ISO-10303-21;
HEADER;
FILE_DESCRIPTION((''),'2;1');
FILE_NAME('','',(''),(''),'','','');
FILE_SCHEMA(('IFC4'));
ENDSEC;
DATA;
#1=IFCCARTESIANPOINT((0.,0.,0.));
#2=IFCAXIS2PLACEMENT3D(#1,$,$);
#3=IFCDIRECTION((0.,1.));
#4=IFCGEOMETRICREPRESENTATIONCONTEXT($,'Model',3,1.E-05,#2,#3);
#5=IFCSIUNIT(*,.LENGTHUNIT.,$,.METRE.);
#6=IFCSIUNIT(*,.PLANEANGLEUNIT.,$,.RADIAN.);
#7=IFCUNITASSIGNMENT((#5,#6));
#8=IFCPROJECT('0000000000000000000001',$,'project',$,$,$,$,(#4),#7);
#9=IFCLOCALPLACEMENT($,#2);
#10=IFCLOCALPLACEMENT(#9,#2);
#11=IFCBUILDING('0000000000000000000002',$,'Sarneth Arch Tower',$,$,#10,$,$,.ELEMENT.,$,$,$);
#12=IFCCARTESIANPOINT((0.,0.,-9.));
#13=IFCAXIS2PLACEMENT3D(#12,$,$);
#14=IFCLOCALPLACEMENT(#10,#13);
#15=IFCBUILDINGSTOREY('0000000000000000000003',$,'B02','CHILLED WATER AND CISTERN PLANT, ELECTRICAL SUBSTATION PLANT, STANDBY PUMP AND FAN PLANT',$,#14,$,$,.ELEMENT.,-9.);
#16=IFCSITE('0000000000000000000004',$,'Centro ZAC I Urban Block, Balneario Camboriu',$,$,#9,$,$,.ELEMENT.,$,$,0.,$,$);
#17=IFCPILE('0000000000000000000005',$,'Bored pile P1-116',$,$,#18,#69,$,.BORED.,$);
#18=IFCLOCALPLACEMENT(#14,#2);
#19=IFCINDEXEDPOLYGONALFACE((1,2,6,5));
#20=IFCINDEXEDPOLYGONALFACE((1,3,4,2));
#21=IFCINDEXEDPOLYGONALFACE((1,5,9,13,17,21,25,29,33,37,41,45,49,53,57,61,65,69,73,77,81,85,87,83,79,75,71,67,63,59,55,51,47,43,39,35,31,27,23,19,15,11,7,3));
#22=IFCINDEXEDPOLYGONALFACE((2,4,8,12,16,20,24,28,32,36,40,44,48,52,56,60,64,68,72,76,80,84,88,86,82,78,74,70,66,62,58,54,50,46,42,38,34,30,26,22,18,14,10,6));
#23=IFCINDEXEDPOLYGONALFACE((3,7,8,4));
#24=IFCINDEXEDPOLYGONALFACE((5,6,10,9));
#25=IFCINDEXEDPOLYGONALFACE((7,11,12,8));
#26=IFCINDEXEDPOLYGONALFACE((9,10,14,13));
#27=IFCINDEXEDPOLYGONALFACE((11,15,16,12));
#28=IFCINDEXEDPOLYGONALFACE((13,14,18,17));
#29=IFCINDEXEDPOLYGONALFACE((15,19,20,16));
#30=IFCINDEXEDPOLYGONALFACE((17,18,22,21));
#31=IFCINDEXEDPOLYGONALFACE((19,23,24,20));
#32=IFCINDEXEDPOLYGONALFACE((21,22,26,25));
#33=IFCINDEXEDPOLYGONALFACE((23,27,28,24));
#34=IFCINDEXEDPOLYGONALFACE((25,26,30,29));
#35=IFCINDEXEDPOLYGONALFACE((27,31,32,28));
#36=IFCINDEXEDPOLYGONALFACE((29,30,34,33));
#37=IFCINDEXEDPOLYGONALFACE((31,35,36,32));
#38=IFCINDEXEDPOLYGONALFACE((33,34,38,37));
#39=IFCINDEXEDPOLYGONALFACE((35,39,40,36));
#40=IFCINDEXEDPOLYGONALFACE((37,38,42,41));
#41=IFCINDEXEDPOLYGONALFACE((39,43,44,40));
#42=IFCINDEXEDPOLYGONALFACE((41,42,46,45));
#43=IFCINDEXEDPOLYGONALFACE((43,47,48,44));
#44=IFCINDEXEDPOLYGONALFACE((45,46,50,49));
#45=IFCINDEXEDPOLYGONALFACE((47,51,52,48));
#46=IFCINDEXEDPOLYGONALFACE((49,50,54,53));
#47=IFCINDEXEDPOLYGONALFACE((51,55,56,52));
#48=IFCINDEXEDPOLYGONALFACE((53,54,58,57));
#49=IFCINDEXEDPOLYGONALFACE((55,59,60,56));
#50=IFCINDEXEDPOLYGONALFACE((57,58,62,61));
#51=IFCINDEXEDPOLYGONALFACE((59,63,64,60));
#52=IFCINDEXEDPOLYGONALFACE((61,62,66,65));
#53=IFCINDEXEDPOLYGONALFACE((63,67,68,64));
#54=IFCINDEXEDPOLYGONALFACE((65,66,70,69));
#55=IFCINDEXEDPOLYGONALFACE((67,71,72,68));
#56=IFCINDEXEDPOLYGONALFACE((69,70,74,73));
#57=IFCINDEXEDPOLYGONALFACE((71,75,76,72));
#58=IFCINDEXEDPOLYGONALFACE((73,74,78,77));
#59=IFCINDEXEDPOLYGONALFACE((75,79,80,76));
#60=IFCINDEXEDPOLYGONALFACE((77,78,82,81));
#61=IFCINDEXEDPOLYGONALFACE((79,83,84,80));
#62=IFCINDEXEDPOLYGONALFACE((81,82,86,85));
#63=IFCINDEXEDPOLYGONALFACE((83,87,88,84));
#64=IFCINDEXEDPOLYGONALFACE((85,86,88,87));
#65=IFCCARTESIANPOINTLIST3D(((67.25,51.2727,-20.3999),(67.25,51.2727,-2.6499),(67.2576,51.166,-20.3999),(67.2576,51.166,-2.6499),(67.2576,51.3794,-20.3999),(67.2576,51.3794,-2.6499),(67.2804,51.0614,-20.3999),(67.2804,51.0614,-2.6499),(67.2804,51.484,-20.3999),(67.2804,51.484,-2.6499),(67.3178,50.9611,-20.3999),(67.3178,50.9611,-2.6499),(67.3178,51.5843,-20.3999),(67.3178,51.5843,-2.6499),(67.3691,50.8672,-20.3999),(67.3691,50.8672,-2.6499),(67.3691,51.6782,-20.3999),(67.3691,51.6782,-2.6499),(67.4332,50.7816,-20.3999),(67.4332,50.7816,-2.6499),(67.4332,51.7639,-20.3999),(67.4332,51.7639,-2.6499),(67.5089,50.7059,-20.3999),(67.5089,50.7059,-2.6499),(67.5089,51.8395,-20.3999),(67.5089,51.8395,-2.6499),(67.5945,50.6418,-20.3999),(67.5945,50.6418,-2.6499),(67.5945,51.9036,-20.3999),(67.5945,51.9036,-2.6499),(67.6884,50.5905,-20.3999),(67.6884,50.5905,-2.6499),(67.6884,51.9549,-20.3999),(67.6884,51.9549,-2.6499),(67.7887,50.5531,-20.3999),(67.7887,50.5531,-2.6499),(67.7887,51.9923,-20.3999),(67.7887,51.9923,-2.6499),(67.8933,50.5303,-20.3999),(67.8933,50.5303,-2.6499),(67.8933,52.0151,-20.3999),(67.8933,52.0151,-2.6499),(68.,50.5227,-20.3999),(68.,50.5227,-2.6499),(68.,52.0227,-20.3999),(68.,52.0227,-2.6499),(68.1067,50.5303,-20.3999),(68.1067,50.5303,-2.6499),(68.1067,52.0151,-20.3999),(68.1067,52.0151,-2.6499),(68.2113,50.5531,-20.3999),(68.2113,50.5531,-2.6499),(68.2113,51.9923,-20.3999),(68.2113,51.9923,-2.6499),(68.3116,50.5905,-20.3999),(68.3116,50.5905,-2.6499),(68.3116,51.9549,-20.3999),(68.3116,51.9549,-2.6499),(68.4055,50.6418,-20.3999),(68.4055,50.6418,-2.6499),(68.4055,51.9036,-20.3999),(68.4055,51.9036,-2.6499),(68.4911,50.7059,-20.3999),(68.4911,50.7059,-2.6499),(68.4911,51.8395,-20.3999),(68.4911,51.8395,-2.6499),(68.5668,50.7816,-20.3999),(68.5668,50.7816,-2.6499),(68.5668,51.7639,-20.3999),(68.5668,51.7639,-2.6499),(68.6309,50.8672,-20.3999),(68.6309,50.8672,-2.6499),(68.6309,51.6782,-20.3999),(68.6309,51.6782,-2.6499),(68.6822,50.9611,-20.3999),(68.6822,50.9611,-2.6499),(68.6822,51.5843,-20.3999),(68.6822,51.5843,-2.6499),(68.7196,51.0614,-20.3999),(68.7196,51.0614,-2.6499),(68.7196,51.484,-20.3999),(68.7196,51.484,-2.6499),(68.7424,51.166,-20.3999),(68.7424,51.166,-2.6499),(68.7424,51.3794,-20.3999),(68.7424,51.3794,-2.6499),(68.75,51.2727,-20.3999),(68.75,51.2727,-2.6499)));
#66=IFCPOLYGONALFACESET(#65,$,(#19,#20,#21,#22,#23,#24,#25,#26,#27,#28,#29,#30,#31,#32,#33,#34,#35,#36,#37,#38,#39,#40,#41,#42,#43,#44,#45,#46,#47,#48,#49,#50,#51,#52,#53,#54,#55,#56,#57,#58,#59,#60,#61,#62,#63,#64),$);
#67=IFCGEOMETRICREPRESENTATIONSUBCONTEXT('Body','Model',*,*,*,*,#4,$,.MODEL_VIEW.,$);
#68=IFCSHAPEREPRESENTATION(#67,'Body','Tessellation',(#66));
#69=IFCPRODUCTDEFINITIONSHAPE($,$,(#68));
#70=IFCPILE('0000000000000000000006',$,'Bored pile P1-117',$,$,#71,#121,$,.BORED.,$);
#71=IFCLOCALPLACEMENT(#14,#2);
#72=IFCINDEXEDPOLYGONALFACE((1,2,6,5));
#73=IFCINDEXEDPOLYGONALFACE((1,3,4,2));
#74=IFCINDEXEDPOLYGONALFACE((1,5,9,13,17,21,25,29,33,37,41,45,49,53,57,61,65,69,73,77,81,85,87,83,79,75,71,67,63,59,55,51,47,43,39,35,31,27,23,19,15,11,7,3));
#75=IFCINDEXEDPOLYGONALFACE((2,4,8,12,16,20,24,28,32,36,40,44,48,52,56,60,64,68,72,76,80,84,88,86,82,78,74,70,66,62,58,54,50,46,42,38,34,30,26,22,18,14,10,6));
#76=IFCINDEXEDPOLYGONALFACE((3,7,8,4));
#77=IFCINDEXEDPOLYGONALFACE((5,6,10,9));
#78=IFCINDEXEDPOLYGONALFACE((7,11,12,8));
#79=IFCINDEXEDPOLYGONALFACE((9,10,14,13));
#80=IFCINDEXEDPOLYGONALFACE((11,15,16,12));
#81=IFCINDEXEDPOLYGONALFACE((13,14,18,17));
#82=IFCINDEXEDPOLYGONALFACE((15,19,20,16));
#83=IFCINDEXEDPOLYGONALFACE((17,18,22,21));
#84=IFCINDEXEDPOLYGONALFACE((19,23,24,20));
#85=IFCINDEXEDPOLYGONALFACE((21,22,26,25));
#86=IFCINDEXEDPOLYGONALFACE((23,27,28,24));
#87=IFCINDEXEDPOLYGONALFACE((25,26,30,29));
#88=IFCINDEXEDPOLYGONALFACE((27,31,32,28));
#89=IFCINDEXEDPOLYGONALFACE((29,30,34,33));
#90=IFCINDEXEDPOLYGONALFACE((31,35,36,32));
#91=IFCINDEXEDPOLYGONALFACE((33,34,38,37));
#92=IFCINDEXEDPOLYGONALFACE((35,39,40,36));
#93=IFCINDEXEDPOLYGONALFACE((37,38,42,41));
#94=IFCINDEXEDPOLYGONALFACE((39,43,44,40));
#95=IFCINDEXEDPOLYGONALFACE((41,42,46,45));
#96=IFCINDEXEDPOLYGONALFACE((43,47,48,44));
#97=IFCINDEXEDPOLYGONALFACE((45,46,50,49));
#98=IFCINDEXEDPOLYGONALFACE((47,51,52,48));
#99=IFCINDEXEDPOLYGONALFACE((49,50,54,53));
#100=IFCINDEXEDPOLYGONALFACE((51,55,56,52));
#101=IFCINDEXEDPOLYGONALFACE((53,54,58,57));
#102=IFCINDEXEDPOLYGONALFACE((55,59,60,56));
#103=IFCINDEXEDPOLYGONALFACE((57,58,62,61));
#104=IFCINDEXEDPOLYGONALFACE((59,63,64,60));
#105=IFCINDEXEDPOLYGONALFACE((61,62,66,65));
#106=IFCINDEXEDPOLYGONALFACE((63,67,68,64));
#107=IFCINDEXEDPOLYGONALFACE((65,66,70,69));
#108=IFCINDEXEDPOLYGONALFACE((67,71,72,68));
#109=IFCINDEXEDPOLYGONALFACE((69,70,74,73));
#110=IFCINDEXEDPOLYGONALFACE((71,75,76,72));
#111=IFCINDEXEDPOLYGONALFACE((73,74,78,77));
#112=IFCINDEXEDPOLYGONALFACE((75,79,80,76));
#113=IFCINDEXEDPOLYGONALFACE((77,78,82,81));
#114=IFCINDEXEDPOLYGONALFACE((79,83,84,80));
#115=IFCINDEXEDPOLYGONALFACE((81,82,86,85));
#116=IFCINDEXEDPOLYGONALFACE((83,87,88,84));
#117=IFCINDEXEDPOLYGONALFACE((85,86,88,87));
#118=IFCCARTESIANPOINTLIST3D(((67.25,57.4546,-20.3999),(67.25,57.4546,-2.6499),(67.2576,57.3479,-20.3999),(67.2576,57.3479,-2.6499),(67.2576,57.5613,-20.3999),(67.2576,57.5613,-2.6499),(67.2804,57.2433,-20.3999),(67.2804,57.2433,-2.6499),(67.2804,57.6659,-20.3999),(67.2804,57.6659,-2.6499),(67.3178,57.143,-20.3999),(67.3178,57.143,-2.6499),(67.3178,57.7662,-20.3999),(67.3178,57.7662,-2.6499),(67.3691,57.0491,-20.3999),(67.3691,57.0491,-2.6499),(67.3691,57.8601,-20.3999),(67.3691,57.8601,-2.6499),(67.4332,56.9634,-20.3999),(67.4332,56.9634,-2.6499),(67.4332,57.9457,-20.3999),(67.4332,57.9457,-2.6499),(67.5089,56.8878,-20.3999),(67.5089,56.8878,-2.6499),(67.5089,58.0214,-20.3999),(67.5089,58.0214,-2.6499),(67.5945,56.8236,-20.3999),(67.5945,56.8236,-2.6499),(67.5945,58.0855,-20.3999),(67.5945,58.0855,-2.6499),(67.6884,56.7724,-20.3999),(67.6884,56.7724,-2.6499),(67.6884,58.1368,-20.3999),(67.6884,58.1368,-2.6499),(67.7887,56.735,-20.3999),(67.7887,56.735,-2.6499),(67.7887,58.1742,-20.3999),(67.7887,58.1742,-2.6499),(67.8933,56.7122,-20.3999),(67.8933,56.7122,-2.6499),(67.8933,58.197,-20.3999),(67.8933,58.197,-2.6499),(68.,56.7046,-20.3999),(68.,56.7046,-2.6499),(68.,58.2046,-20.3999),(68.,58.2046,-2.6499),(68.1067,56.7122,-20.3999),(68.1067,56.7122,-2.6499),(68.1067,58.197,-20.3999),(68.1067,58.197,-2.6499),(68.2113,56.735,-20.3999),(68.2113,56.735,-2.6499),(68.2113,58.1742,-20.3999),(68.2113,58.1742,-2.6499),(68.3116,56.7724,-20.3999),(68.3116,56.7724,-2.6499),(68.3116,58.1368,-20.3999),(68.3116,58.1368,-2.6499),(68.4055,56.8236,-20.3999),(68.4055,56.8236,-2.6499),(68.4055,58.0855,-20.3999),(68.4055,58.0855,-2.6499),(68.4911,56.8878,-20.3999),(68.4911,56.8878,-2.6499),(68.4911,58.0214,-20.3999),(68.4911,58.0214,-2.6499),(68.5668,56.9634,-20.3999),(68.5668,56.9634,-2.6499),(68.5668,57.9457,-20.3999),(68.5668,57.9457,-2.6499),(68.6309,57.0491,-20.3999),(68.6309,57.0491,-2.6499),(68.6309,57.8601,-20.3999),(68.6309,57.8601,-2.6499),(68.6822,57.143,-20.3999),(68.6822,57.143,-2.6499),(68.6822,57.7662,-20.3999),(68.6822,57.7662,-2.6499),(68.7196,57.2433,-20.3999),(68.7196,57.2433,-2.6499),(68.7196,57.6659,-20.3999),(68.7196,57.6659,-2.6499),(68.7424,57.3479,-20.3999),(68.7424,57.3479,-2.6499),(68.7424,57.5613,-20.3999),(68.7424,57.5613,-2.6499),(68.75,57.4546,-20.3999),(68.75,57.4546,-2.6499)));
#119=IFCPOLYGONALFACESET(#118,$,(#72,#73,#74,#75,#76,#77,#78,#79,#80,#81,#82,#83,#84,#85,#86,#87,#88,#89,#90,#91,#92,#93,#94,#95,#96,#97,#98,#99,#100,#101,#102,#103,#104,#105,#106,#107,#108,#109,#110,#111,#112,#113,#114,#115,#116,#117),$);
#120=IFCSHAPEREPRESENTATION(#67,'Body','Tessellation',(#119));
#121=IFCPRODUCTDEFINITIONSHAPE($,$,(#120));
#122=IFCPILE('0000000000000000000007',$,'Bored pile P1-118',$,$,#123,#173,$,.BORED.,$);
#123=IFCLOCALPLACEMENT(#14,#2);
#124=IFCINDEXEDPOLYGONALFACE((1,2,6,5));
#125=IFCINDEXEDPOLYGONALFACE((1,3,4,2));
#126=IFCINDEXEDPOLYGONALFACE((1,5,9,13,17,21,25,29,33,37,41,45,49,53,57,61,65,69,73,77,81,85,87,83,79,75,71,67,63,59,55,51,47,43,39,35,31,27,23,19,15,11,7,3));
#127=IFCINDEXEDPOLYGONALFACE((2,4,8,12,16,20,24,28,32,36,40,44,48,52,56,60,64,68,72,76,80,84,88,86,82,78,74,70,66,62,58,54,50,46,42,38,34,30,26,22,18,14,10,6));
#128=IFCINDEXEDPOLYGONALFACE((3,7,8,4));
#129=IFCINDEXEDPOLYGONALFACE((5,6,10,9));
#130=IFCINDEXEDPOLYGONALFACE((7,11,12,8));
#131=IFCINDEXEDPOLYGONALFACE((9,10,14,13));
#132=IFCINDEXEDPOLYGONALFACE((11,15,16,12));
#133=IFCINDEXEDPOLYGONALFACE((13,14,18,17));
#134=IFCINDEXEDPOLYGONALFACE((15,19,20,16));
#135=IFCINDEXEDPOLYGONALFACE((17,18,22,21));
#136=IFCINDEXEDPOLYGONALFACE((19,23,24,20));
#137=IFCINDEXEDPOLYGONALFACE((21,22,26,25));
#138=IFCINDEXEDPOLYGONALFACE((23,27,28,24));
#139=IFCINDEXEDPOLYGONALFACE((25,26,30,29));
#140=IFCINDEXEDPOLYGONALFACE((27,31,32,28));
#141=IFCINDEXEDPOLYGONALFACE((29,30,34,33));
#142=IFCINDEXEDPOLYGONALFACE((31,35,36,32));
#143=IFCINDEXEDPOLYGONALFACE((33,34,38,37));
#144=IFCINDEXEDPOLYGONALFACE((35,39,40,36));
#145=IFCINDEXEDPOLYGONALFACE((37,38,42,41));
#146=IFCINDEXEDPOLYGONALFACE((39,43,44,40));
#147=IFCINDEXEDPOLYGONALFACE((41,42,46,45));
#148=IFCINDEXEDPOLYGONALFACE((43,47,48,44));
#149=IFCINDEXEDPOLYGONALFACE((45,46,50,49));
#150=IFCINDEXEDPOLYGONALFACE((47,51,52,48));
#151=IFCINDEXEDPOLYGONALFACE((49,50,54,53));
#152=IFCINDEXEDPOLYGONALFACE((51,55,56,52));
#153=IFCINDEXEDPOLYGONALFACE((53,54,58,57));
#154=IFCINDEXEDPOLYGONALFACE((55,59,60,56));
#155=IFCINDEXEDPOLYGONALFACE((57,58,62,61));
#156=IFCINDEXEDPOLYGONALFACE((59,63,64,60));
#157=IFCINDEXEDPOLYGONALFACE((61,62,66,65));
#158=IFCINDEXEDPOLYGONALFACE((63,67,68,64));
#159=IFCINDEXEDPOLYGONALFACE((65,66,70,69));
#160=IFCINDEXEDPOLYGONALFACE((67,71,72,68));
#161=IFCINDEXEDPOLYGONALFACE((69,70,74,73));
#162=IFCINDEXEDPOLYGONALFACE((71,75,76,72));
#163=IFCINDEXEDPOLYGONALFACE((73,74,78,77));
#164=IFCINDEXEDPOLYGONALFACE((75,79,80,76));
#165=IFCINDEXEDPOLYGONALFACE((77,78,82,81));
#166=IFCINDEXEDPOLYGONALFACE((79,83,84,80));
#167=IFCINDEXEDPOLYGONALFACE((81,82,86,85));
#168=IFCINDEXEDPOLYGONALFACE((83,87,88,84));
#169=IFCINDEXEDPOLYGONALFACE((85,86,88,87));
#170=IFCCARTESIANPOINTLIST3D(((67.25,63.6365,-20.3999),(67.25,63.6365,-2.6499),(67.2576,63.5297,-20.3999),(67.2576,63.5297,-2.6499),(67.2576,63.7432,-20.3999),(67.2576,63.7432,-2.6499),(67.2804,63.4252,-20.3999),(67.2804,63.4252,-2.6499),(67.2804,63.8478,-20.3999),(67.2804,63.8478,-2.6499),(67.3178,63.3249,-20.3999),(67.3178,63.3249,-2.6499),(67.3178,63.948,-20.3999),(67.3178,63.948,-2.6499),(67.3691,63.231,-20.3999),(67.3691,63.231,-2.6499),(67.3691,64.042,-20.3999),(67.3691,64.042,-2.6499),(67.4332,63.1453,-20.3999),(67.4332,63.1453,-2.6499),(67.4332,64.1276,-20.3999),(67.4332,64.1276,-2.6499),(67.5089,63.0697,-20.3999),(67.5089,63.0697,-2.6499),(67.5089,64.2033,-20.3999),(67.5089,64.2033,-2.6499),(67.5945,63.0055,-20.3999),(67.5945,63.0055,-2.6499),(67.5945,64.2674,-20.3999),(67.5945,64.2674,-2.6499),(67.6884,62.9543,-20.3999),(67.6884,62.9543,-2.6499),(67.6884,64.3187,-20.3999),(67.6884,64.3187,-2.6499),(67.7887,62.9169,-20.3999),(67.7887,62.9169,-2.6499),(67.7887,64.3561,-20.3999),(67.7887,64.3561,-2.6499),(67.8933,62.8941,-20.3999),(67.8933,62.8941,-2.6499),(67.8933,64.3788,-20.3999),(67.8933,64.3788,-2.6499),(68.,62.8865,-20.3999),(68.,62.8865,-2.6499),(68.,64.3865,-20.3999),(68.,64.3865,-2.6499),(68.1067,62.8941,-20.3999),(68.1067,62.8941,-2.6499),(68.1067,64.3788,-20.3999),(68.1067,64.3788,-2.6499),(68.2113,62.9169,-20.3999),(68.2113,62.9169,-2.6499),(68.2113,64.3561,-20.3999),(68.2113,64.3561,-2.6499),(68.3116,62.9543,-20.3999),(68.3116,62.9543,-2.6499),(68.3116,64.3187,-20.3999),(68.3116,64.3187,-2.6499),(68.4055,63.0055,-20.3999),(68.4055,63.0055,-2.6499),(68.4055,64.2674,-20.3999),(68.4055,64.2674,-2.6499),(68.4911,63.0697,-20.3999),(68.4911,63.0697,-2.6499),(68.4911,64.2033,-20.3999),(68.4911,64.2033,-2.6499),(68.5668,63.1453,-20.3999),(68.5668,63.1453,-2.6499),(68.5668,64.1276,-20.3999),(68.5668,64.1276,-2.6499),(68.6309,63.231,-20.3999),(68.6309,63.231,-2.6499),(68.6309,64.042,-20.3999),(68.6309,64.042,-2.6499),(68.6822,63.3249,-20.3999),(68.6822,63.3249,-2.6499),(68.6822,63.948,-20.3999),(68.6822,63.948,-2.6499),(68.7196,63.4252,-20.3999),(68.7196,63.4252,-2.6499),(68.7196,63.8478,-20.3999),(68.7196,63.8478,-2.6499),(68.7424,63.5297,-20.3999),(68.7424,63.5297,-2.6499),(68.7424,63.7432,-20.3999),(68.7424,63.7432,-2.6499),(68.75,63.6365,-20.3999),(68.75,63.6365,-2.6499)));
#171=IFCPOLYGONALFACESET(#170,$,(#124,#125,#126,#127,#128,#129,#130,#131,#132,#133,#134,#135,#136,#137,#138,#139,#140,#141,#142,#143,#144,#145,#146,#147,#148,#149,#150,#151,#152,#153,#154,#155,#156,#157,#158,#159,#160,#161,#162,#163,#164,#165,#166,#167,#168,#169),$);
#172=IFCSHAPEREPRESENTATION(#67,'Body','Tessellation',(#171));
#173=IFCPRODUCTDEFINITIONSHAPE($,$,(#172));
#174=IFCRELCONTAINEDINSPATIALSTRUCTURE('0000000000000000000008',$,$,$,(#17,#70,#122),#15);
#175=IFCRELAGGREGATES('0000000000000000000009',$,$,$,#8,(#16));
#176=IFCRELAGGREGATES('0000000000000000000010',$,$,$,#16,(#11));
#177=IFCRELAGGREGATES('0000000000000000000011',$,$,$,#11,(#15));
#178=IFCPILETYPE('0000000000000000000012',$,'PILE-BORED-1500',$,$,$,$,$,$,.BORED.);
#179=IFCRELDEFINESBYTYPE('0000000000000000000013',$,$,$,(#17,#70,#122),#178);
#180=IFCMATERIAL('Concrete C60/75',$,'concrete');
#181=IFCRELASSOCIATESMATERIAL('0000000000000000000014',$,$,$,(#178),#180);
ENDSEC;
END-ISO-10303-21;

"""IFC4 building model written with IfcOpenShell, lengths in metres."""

from ifc_helpers import new_model, si_unit, direction, frame, origin, origin_2d, place, context, subcontext, project, spatial, circle, extrude, material, material_profile, profile_set, type_object, element, save


model = new_model("IFC4")

# Units and contexts
model_context = context("Model", 3, precision=1e-05, world=origin(), true_north=direction((0.0, 1.0)))
body_context = subcontext(model_context, "Body", "Model", "MODEL_VIEW")
ifc_project = project(units=[si_unit("LENGTHUNIT", "METRE"), si_unit("PLANEANGLEUNIT", "RADIAN")], contexts=[model_context])

# Site, building, storey
site_placement = place(None, origin())
site = spatial("IfcSite", under=ifc_project, at=site_placement, Name="Centro ZAC I Urban Block, Balneario Camboriu", CompositionType="ELEMENT", RefElevation=0.0)
building_placement = place(site_placement, origin())
building = spatial("IfcBuilding", under=site, at=building_placement, Name="Sarneth Arch Tower", CompositionType="ELEMENT")
storey_placement = place(building_placement, frame((0.0, 0.0, -9.0)))
storey = spatial("IfcBuildingStorey", under=building, at=storey_placement, Name="B02", Description="CHILLED WATER AND CISTERN PLANT, ELECTRICAL SUBSTATION PLANT, STANDBY PUMP AND FAN PLANT", CompositionType="ELEMENT", Elevation=-9.0)

# Piles
ifc_material_1 = material(Name="Concrete C60/75", Category="concrete")
ifc_material_profile_1 = material_profile(ifc_material_1, circle(Radius=0.75, at=origin_2d()), Name="PILE-D1500")
ifc_profile_set_1 = profile_set([ifc_material_profile_1], Name="Concrete C60/75")
pile_type_1 = type_object("IfcPileType", Name="PILE-BORED-1500", PredefinedType="BORED", material=ifc_profile_set_1)
for number, where, z_axis, x_axis, name in (
    (1, (68.0, 51.2727, -2.6499), (0.0, 0.0, -1.0), (1.0, 0.0, 0.0), "Bored pile P1-116"),
    (2, (68.0, 57.4546, -2.6499), (0.0, 0.0, -1.0), (1.0, 0.0, 0.0), "Bored pile P1-117"),
    (3, (68.0, 63.6365, -2.6499), (0.0, 0.0, -1.0), (1.0, 0.0, 0.0), "Bored pile P1-118"),
):
    element("IfcPile", number, at=place(storey_placement, frame(where, z_axis=z_axis, x_axis=x_axis)), inside=storey, type_object=pile_type_1, Name=name, PredefinedType="BORED", context=body_context, shape_type="SweptSolid", body=[
        extrude(circle(Radius=0.75, at=origin_2d()), origin(), (0.0, 0.0, 1.0), 17.75),
    ])

save(model, "model.ifc")
